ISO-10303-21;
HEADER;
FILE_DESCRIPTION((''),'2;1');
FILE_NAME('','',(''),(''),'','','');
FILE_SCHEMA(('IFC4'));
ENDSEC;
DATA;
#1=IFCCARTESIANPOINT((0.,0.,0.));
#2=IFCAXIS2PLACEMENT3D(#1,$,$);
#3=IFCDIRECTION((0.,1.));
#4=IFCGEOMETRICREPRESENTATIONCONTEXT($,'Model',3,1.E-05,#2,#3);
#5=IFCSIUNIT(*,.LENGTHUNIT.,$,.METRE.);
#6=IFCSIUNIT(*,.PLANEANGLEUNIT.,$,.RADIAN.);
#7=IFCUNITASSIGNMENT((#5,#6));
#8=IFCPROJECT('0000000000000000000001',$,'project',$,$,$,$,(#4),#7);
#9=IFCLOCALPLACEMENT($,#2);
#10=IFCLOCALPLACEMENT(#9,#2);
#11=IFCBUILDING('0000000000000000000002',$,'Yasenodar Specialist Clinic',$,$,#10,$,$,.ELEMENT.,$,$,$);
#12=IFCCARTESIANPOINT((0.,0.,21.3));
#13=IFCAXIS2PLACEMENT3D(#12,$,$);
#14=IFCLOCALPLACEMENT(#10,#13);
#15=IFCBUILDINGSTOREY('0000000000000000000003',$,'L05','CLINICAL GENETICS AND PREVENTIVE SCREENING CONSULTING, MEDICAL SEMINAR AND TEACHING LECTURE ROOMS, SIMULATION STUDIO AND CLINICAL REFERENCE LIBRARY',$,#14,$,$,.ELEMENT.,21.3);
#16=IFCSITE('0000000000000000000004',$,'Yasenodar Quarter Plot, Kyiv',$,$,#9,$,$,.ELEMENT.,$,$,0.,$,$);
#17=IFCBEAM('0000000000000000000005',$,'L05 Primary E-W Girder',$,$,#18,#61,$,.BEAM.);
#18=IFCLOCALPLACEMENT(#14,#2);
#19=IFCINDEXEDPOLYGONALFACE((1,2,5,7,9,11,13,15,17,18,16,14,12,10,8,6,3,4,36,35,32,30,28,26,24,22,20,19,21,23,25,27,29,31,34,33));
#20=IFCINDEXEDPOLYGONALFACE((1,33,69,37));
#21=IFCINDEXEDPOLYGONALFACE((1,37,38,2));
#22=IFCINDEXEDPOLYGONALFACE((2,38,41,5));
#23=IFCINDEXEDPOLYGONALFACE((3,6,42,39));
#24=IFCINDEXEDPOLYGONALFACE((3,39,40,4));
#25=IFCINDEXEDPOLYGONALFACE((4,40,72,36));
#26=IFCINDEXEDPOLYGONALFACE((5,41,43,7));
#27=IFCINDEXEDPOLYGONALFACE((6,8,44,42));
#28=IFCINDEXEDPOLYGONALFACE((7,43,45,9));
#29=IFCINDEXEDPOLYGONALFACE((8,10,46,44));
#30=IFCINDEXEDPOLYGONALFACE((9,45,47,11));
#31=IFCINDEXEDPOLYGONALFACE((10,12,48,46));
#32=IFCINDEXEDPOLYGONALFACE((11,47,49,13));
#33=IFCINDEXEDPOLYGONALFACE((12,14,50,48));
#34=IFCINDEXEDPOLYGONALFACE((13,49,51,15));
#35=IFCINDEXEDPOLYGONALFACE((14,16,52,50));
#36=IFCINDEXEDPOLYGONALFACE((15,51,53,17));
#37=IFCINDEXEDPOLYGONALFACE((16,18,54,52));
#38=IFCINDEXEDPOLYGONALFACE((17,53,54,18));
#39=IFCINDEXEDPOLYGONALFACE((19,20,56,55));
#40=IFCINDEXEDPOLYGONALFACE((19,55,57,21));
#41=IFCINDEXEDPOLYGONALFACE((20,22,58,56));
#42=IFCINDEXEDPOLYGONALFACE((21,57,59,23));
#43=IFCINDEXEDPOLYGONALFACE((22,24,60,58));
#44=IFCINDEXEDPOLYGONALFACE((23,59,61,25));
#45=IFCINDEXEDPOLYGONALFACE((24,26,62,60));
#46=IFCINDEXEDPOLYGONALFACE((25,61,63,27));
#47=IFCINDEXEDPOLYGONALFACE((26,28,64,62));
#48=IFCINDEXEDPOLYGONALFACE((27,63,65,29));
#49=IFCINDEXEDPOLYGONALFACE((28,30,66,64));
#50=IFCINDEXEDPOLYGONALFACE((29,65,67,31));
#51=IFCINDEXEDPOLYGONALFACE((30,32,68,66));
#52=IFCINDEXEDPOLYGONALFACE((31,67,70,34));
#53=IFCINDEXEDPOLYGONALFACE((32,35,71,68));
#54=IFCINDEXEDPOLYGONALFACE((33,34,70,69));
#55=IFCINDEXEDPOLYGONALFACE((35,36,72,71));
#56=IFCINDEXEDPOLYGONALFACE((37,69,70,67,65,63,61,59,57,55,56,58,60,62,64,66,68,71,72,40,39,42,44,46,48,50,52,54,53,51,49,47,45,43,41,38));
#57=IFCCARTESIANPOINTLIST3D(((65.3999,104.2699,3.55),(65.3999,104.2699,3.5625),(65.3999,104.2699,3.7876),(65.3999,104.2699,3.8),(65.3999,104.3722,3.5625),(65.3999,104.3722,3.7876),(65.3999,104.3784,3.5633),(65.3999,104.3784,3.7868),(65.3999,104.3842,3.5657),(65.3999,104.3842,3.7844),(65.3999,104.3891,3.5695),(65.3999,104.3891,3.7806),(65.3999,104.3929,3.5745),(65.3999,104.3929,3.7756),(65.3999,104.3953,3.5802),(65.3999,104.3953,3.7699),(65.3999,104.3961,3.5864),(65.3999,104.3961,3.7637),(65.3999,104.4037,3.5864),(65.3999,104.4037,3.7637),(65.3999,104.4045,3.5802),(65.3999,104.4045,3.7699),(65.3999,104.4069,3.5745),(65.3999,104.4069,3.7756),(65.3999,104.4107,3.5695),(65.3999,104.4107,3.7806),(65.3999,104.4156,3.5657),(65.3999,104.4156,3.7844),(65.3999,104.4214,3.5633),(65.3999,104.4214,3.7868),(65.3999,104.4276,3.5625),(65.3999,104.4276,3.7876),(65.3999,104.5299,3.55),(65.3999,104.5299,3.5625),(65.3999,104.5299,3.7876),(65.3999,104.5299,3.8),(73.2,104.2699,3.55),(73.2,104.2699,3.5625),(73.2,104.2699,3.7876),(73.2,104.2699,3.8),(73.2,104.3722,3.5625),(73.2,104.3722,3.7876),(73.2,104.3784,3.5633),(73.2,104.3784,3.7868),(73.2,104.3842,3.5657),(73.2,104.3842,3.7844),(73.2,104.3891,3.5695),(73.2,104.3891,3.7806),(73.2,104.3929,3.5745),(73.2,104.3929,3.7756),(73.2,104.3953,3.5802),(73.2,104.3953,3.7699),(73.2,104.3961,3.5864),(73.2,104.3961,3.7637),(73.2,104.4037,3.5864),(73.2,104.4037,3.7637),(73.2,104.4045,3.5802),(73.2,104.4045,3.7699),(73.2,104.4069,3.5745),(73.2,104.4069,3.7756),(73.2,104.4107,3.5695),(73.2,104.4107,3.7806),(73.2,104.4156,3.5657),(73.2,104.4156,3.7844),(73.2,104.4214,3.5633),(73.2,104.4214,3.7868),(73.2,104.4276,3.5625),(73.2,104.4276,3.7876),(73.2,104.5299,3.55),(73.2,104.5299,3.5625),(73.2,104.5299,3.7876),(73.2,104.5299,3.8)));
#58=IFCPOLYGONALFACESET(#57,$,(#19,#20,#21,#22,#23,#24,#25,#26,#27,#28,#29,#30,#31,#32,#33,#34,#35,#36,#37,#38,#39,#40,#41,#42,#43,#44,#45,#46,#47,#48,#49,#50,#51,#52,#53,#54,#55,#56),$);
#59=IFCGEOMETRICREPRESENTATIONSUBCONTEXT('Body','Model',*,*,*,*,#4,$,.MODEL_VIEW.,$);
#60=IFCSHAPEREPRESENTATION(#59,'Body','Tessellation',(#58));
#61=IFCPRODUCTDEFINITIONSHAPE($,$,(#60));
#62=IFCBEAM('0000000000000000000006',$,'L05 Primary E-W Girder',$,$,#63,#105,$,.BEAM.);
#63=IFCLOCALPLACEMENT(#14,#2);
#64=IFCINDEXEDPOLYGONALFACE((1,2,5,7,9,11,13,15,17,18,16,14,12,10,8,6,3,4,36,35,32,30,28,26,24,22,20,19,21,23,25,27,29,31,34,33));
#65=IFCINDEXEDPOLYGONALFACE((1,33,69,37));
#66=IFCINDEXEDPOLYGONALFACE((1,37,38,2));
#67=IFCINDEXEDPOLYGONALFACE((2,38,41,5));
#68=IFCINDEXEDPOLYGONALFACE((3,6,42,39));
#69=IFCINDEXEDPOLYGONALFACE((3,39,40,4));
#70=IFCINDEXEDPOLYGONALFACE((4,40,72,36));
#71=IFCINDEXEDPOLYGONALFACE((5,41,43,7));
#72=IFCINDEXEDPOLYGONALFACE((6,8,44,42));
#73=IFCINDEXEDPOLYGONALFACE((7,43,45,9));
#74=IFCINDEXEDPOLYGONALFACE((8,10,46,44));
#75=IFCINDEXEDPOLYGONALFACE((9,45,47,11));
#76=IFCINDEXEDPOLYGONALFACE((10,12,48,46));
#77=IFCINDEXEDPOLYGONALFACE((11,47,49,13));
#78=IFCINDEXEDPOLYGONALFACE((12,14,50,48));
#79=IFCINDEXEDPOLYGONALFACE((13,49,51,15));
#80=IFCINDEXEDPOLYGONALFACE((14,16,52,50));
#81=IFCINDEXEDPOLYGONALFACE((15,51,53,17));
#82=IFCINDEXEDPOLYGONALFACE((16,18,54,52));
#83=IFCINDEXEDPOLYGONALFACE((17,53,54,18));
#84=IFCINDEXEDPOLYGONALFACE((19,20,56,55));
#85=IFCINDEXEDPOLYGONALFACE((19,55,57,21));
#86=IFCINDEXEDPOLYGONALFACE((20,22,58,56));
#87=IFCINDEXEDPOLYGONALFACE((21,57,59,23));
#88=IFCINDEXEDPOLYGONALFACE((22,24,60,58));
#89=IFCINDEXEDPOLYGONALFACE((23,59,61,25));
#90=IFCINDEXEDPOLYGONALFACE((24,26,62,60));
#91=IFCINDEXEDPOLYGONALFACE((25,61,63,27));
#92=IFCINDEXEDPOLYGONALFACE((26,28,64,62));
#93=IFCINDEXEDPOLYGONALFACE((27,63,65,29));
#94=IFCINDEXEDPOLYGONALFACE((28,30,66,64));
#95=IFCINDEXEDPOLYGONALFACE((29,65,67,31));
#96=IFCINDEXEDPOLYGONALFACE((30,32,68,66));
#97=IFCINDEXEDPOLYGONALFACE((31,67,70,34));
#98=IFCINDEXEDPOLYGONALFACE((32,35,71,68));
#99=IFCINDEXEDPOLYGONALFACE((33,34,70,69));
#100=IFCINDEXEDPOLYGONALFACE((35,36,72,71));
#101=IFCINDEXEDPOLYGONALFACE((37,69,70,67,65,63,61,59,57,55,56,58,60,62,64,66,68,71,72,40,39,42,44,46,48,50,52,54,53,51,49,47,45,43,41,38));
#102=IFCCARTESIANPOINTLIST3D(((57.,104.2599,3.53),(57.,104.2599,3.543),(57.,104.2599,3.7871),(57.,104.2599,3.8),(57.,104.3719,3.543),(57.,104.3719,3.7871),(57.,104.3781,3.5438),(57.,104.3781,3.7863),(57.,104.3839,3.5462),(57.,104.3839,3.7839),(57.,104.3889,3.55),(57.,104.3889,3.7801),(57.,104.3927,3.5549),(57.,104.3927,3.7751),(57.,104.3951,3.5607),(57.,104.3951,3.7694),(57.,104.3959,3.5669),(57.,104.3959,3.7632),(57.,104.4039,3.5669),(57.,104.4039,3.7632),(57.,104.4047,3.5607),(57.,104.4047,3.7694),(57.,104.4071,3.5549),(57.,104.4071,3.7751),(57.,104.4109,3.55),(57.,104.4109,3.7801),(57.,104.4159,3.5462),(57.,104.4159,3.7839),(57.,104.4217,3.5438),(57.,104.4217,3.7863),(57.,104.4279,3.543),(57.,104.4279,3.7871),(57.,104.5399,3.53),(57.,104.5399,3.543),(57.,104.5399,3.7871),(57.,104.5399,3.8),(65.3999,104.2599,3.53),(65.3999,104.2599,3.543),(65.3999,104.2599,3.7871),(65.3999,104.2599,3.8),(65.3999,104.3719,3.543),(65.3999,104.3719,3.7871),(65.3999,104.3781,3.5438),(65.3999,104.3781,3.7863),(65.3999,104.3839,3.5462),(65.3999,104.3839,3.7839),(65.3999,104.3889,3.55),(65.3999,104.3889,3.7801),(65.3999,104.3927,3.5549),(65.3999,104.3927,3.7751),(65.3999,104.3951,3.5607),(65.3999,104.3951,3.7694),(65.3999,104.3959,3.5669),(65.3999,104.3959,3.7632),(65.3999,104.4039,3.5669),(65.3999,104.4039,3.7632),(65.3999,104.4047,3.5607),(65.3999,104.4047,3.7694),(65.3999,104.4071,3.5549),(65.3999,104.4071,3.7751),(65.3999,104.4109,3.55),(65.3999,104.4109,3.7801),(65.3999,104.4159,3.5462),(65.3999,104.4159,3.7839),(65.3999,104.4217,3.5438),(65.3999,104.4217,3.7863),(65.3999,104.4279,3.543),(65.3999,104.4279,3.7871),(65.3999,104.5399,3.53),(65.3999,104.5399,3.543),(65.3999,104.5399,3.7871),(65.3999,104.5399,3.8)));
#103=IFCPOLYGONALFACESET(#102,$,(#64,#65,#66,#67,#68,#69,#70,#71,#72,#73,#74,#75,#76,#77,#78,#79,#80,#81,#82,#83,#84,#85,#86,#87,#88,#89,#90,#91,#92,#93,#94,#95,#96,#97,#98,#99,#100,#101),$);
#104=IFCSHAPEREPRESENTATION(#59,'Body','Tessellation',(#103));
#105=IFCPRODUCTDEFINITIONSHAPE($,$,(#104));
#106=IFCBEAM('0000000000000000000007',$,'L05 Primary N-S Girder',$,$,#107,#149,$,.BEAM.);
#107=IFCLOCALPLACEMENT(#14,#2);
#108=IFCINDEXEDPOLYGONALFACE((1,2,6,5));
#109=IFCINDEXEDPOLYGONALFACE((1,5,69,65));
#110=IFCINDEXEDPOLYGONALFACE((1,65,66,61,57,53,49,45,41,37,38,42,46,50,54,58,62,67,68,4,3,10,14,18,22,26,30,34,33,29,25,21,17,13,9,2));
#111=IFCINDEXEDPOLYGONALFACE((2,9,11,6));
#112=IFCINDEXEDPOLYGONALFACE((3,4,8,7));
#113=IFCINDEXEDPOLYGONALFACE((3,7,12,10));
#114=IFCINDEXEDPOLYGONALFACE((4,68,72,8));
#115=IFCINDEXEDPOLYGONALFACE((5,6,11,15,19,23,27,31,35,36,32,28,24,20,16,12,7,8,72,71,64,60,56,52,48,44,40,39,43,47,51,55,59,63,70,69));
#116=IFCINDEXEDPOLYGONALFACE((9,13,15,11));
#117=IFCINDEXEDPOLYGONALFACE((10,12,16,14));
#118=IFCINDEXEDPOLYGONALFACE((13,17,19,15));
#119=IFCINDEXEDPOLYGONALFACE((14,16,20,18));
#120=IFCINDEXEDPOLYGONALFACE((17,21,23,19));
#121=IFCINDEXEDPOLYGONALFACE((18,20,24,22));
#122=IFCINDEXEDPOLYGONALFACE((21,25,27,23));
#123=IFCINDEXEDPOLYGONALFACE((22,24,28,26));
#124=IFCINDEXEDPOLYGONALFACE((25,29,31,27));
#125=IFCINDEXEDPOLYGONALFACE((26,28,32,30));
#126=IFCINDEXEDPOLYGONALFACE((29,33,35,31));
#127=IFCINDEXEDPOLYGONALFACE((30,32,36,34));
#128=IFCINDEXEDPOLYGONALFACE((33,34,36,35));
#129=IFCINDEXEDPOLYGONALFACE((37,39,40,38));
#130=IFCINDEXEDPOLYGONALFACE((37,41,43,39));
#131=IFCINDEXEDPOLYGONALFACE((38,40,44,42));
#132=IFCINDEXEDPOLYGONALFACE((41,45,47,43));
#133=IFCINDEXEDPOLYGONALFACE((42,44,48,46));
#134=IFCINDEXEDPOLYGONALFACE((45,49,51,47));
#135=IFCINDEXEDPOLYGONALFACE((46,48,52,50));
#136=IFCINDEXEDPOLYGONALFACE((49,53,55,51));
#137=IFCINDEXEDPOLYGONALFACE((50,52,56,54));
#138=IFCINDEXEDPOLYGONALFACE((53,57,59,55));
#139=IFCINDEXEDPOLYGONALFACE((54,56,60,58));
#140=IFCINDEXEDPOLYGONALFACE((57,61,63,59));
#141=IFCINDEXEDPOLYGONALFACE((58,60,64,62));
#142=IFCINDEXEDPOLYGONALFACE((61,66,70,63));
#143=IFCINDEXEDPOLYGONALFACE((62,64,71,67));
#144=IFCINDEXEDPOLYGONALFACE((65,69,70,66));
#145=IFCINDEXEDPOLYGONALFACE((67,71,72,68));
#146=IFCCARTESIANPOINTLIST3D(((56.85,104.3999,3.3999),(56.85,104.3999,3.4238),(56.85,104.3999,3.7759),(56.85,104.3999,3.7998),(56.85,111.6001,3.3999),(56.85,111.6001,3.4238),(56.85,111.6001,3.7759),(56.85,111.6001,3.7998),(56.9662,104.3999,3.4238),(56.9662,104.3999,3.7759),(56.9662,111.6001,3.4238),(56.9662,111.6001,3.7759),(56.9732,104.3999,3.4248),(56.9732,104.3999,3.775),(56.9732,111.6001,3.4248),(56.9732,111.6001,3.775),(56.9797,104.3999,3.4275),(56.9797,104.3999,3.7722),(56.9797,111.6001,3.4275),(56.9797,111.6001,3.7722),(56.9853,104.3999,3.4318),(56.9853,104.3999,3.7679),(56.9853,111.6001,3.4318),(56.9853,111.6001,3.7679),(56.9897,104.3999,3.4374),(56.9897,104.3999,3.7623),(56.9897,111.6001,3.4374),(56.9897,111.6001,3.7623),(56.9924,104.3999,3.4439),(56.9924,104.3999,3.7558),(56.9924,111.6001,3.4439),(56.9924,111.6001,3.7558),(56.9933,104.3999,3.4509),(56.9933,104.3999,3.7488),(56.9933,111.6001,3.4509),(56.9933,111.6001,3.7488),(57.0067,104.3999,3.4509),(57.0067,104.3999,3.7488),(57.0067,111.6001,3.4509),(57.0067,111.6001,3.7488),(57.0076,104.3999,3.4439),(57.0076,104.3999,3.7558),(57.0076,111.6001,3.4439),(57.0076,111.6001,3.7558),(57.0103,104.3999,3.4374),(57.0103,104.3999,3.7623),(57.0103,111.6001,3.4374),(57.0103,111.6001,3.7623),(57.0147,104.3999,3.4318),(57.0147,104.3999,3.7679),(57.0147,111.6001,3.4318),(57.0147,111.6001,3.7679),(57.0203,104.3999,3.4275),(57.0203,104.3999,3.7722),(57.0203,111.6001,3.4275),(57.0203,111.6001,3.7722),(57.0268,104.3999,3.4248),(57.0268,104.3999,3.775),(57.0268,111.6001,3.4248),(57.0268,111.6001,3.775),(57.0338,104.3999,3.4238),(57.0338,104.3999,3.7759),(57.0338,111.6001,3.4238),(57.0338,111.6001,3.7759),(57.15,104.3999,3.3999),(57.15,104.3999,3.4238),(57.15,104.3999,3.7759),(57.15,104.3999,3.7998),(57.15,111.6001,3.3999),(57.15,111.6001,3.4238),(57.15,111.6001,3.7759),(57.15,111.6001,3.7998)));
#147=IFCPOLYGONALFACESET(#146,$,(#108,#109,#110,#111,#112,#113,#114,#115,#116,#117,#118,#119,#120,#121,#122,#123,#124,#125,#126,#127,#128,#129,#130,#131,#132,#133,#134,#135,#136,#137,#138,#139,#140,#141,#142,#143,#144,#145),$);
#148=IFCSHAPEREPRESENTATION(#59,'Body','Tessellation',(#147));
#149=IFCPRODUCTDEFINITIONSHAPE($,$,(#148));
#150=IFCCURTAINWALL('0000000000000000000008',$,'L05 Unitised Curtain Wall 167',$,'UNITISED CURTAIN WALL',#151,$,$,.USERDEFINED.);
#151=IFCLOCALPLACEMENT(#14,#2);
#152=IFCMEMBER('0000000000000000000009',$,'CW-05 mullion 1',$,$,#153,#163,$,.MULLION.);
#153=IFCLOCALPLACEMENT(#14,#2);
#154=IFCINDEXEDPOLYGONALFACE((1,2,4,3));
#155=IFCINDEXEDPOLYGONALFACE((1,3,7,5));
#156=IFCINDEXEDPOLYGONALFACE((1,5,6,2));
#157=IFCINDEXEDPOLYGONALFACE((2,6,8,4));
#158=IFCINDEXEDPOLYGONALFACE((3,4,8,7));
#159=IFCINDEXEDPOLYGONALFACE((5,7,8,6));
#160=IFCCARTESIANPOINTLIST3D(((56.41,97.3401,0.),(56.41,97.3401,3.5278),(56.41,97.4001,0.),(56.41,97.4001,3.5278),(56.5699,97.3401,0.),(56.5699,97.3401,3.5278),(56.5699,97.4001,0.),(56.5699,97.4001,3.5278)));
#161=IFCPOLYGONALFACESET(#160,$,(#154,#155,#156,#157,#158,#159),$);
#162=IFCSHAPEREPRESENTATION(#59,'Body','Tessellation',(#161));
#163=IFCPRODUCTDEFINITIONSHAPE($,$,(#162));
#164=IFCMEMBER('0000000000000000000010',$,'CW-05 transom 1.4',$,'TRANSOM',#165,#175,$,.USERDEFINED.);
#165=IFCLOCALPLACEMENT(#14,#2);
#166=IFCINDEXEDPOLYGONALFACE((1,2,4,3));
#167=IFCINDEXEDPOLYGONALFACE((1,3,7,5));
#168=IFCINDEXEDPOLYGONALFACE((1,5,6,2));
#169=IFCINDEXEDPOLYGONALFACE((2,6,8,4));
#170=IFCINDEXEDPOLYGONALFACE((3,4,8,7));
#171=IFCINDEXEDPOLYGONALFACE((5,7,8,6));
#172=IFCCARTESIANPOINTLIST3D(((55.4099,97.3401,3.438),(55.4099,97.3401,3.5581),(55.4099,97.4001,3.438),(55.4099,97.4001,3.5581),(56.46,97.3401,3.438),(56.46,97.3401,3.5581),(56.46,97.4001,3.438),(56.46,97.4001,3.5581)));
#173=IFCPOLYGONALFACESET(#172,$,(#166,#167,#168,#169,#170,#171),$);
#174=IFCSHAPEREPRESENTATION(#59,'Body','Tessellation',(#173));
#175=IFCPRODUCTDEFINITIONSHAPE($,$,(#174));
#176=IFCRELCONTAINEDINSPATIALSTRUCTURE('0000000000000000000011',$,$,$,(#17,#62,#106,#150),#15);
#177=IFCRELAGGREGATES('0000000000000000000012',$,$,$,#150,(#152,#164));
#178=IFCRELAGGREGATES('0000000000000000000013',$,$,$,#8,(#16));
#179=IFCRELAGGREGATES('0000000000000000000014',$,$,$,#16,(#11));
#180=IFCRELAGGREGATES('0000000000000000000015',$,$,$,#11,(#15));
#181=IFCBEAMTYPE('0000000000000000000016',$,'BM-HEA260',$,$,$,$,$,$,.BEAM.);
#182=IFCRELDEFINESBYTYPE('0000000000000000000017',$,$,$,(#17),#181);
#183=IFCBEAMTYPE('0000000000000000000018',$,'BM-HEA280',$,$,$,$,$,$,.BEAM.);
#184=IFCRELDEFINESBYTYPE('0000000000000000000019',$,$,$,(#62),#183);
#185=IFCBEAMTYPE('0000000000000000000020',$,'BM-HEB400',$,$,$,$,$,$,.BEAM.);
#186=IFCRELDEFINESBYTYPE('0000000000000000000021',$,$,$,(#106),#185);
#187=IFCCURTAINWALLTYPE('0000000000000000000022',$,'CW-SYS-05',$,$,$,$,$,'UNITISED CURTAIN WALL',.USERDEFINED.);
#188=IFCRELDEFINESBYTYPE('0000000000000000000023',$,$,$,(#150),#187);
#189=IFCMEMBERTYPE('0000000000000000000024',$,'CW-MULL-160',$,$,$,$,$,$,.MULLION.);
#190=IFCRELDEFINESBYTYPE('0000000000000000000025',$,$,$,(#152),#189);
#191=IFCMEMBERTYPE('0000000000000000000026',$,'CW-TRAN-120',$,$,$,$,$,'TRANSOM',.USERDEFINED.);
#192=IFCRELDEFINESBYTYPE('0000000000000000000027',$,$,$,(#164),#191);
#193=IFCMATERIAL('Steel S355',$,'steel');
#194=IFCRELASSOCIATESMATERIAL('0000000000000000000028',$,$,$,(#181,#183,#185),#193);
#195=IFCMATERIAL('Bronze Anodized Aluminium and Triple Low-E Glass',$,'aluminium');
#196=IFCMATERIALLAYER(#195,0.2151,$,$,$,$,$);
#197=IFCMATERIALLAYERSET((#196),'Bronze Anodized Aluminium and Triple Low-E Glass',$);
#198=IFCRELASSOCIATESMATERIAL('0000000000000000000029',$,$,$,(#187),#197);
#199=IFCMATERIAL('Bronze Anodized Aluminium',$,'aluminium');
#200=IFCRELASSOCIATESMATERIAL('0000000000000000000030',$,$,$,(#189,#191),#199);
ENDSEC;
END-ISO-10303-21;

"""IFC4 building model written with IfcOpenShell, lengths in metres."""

from ifc_helpers import new_model, si_unit, direction, frame, origin, origin_2d, place, context, subcontext, project, spatial, rectangle, i_section, extrude, material, layer, layer_set, material_profile, profile_set, type_object, element, aggregate, save


model = new_model("IFC4")

# Units and contexts
model_context = context("Model", 3, precision=1e-05, world=origin(), true_north=direction((0.0, 1.0)))
body_context = subcontext(model_context, "Body", "Model", "MODEL_VIEW")
ifc_project = project(units=[si_unit("LENGTHUNIT", "METRE"), si_unit("PLANEANGLEUNIT", "RADIAN")], contexts=[model_context])

# Site, building, storey
site_placement = place(None, origin())
site = spatial("IfcSite", under=ifc_project, at=site_placement, Name="Yasenodar Quarter Plot, Kyiv", CompositionType="ELEMENT", RefElevation=0.0)
building_placement = place(site_placement, origin())
building = spatial("IfcBuilding", under=site, at=building_placement, Name="Yasenodar Specialist Clinic", CompositionType="ELEMENT")
storey_placement = place(building_placement, frame((0.0, 0.0, 21.3)))
storey = spatial("IfcBuildingStorey", under=building, at=storey_placement, Name="L05", Description="CLINICAL GENETICS AND PREVENTIVE SCREENING CONSULTING, MEDICAL SEMINAR AND TEACHING LECTURE ROOMS, SIMULATION STUDIO AND CLINICAL REFERENCE LIBRARY", CompositionType="ELEMENT", Elevation=21.3)

# Shared definitions
ifc_material_1 = material(Name="Steel S355", Category="steel")

# Beams
ifc_material_profile_1 = material_profile(ifc_material_1, i_section(OverallWidth=0.26, OverallDepth=0.25, WebThickness=0.0076, FlangeThickness=0.0125, FilletRadius=0.0239, at=origin_2d()), Name="HEA 260")
ifc_profile_set_1 = profile_set([ifc_material_profile_1], Name="Steel S355")
beam_type_1 = type_object("IfcBeamType", Name="BM-HEA260", PredefinedType="BEAM", material=ifc_profile_set_1)
beam_1_placement = place(storey_placement, frame((65.3999, 104.3999, 3.675), z_axis=(1.0, 0.0, 0.0), x_axis=(0.0, 1.0, 0.0)))
element("IfcBeam", 1, at=beam_1_placement, inside=storey, type_object=beam_type_1, Name="L05 Primary E-W Girder", PredefinedType="BEAM", context=body_context, shape_type="SweptSolid", body=[
    extrude(i_section(OverallWidth=0.26, OverallDepth=0.25, WebThickness=0.0076, FlangeThickness=0.0125, FilletRadius=0.0239, at=origin_2d()), origin(), (0.0, 0.0, 1.0), 7.8),
])
ifc_material_profile_2 = material_profile(ifc_material_1, i_section(OverallWidth=0.28, OverallDepth=0.27, WebThickness=0.0081, FlangeThickness=0.0129, FilletRadius=0.0239, at=origin_2d()), Name="HEA 280")
ifc_profile_set_2 = profile_set([ifc_material_profile_2], Name="Steel S355")
beam_type_2 = type_object("IfcBeamType", Name="BM-HEA280", PredefinedType="BEAM", material=ifc_profile_set_2)
beam_2_placement = place(storey_placement, frame((57.0, 104.3999, 3.665), z_axis=(1.0, 0.0, 0.0), x_axis=(0.0, 1.0, 0.0)))
element("IfcBeam", 2, at=beam_2_placement, inside=storey, type_object=beam_type_2, Name="L05 Primary E-W Girder", PredefinedType="BEAM", context=body_context, shape_type="SweptSolid", body=[
    extrude(i_section(OverallWidth=0.28, OverallDepth=0.27, WebThickness=0.0081, FlangeThickness=0.0129, FilletRadius=0.0239, at=origin_2d()), origin(), (0.0, 0.0, 1.0), 8.3999),
])
ifc_material_profile_3 = material_profile(ifc_material_1, i_section(OverallWidth=0.3, OverallDepth=0.3999, WebThickness=0.0134, FlangeThickness=0.0239, FilletRadius=0.0271, at=origin_2d()), Name="HEB 400")
ifc_profile_set_3 = profile_set([ifc_material_profile_3], Name="Steel S355")
beam_type_3 = type_object("IfcBeamType", Name="BM-HEB400", PredefinedType="BEAM", material=ifc_profile_set_3)
beam_3_placement = place(storey_placement, frame((57.0, 104.3999, 3.5999), z_axis=(0.0, 1.0, 0.0), x_axis=(-1.0, 0.0, 0.0)))
element("IfcBeam", 3, at=beam_3_placement, inside=storey, type_object=beam_type_3, Name="L05 Primary N-S Girder", PredefinedType="BEAM", context=body_context, shape_type="SweptSolid", body=[
    extrude(i_section(OverallWidth=0.3, OverallDepth=0.3999, WebThickness=0.0134, FlangeThickness=0.0239, FilletRadius=0.0271, at=origin_2d()), origin(), (0.0, 0.0, 1.0), 7.2002),
])

# Curtain wall, members
ifc_material_2 = material(Name="Bronze Anodized Aluminium and Triple Low-E Glass", Category="aluminium")
ifc_layer_1 = layer(ifc_material_2, 0.2151)
ifc_layer_set_1 = layer_set([ifc_layer_1], Name="Bronze Anodized Aluminium and Triple Low-E Glass")
curtain_wall_type = type_object("IfcCurtainWallType", Name="CW-SYS-05", ElementType="UNITISED CURTAIN WALL", PredefinedType="USERDEFINED", material=ifc_layer_set_1)
curtain_wall_placement = place(storey_placement, origin())
curtain_wall = element("IfcCurtainWall", 4, at=curtain_wall_placement, inside=storey, type_object=curtain_wall_type, Name="L05 Unitised Curtain Wall 167", ObjectType="UNITISED CURTAIN WALL", PredefinedType="USERDEFINED")
ifc_material_3 = material(Name="Bronze Anodized Aluminium", Category="aluminium")
ifc_material_profile_4 = material_profile(ifc_material_3, rectangle(XDim=0.0601, YDim=0.1599, at=origin_2d()), Name="CW-MULL 60x160")
ifc_profile_set_4 = profile_set([ifc_material_profile_4], Name="Bronze Anodized Aluminium")
member_type_1 = type_object("IfcMemberType", Name="CW-MULL-160", PredefinedType="MULLION", material=ifc_profile_set_4)
member_1_placement = place(storey_placement, frame((56.49, 97.3701, 0.0), z_axis=(0.0, 0.0, 1.0), x_axis=(0.0, -1.0, 0.0)))
member_1 = element("IfcMember", 5, at=member_1_placement, type_object=member_type_1, Name="CW-05 mullion 1", PredefinedType="MULLION", context=body_context, shape_type="SweptSolid", body=[
    extrude(rectangle(XDim=0.0601, YDim=0.1599, at=origin_2d()), origin(), (0.0, 0.0, 1.0), 3.5278),
])
ifc_material_profile_5 = material_profile(ifc_material_3, rectangle(XDim=0.0601, YDim=0.1201, at=origin_2d()), Name="CW-TRAN 60x120")
ifc_profile_set_5 = profile_set([ifc_material_profile_5], Name="Bronze Anodized Aluminium")
member_type_2 = type_object("IfcMemberType", Name="CW-TRAN-120", ElementType="TRANSOM", PredefinedType="USERDEFINED", material=ifc_profile_set_5)
member_2_placement = place(storey_placement, frame((56.46, 97.3701, 3.498), z_axis=(-1.0, 0.0, 0.0), x_axis=(0.0, -1.0, 0.0)))
member_2 = element("IfcMember", 6, at=member_2_placement, type_object=member_type_2, Name="CW-05 transom 1.4", ObjectType="TRANSOM", PredefinedType="USERDEFINED", context=body_context, shape_type="SweptSolid", body=[
    extrude(rectangle(XDim=0.0601, YDim=0.1201, at=origin_2d()), origin(), (0.0, 0.0, 1.0), 1.05),
])
aggregate(curtain_wall, [member_1, member_2])

save(model, "model.ifc")
